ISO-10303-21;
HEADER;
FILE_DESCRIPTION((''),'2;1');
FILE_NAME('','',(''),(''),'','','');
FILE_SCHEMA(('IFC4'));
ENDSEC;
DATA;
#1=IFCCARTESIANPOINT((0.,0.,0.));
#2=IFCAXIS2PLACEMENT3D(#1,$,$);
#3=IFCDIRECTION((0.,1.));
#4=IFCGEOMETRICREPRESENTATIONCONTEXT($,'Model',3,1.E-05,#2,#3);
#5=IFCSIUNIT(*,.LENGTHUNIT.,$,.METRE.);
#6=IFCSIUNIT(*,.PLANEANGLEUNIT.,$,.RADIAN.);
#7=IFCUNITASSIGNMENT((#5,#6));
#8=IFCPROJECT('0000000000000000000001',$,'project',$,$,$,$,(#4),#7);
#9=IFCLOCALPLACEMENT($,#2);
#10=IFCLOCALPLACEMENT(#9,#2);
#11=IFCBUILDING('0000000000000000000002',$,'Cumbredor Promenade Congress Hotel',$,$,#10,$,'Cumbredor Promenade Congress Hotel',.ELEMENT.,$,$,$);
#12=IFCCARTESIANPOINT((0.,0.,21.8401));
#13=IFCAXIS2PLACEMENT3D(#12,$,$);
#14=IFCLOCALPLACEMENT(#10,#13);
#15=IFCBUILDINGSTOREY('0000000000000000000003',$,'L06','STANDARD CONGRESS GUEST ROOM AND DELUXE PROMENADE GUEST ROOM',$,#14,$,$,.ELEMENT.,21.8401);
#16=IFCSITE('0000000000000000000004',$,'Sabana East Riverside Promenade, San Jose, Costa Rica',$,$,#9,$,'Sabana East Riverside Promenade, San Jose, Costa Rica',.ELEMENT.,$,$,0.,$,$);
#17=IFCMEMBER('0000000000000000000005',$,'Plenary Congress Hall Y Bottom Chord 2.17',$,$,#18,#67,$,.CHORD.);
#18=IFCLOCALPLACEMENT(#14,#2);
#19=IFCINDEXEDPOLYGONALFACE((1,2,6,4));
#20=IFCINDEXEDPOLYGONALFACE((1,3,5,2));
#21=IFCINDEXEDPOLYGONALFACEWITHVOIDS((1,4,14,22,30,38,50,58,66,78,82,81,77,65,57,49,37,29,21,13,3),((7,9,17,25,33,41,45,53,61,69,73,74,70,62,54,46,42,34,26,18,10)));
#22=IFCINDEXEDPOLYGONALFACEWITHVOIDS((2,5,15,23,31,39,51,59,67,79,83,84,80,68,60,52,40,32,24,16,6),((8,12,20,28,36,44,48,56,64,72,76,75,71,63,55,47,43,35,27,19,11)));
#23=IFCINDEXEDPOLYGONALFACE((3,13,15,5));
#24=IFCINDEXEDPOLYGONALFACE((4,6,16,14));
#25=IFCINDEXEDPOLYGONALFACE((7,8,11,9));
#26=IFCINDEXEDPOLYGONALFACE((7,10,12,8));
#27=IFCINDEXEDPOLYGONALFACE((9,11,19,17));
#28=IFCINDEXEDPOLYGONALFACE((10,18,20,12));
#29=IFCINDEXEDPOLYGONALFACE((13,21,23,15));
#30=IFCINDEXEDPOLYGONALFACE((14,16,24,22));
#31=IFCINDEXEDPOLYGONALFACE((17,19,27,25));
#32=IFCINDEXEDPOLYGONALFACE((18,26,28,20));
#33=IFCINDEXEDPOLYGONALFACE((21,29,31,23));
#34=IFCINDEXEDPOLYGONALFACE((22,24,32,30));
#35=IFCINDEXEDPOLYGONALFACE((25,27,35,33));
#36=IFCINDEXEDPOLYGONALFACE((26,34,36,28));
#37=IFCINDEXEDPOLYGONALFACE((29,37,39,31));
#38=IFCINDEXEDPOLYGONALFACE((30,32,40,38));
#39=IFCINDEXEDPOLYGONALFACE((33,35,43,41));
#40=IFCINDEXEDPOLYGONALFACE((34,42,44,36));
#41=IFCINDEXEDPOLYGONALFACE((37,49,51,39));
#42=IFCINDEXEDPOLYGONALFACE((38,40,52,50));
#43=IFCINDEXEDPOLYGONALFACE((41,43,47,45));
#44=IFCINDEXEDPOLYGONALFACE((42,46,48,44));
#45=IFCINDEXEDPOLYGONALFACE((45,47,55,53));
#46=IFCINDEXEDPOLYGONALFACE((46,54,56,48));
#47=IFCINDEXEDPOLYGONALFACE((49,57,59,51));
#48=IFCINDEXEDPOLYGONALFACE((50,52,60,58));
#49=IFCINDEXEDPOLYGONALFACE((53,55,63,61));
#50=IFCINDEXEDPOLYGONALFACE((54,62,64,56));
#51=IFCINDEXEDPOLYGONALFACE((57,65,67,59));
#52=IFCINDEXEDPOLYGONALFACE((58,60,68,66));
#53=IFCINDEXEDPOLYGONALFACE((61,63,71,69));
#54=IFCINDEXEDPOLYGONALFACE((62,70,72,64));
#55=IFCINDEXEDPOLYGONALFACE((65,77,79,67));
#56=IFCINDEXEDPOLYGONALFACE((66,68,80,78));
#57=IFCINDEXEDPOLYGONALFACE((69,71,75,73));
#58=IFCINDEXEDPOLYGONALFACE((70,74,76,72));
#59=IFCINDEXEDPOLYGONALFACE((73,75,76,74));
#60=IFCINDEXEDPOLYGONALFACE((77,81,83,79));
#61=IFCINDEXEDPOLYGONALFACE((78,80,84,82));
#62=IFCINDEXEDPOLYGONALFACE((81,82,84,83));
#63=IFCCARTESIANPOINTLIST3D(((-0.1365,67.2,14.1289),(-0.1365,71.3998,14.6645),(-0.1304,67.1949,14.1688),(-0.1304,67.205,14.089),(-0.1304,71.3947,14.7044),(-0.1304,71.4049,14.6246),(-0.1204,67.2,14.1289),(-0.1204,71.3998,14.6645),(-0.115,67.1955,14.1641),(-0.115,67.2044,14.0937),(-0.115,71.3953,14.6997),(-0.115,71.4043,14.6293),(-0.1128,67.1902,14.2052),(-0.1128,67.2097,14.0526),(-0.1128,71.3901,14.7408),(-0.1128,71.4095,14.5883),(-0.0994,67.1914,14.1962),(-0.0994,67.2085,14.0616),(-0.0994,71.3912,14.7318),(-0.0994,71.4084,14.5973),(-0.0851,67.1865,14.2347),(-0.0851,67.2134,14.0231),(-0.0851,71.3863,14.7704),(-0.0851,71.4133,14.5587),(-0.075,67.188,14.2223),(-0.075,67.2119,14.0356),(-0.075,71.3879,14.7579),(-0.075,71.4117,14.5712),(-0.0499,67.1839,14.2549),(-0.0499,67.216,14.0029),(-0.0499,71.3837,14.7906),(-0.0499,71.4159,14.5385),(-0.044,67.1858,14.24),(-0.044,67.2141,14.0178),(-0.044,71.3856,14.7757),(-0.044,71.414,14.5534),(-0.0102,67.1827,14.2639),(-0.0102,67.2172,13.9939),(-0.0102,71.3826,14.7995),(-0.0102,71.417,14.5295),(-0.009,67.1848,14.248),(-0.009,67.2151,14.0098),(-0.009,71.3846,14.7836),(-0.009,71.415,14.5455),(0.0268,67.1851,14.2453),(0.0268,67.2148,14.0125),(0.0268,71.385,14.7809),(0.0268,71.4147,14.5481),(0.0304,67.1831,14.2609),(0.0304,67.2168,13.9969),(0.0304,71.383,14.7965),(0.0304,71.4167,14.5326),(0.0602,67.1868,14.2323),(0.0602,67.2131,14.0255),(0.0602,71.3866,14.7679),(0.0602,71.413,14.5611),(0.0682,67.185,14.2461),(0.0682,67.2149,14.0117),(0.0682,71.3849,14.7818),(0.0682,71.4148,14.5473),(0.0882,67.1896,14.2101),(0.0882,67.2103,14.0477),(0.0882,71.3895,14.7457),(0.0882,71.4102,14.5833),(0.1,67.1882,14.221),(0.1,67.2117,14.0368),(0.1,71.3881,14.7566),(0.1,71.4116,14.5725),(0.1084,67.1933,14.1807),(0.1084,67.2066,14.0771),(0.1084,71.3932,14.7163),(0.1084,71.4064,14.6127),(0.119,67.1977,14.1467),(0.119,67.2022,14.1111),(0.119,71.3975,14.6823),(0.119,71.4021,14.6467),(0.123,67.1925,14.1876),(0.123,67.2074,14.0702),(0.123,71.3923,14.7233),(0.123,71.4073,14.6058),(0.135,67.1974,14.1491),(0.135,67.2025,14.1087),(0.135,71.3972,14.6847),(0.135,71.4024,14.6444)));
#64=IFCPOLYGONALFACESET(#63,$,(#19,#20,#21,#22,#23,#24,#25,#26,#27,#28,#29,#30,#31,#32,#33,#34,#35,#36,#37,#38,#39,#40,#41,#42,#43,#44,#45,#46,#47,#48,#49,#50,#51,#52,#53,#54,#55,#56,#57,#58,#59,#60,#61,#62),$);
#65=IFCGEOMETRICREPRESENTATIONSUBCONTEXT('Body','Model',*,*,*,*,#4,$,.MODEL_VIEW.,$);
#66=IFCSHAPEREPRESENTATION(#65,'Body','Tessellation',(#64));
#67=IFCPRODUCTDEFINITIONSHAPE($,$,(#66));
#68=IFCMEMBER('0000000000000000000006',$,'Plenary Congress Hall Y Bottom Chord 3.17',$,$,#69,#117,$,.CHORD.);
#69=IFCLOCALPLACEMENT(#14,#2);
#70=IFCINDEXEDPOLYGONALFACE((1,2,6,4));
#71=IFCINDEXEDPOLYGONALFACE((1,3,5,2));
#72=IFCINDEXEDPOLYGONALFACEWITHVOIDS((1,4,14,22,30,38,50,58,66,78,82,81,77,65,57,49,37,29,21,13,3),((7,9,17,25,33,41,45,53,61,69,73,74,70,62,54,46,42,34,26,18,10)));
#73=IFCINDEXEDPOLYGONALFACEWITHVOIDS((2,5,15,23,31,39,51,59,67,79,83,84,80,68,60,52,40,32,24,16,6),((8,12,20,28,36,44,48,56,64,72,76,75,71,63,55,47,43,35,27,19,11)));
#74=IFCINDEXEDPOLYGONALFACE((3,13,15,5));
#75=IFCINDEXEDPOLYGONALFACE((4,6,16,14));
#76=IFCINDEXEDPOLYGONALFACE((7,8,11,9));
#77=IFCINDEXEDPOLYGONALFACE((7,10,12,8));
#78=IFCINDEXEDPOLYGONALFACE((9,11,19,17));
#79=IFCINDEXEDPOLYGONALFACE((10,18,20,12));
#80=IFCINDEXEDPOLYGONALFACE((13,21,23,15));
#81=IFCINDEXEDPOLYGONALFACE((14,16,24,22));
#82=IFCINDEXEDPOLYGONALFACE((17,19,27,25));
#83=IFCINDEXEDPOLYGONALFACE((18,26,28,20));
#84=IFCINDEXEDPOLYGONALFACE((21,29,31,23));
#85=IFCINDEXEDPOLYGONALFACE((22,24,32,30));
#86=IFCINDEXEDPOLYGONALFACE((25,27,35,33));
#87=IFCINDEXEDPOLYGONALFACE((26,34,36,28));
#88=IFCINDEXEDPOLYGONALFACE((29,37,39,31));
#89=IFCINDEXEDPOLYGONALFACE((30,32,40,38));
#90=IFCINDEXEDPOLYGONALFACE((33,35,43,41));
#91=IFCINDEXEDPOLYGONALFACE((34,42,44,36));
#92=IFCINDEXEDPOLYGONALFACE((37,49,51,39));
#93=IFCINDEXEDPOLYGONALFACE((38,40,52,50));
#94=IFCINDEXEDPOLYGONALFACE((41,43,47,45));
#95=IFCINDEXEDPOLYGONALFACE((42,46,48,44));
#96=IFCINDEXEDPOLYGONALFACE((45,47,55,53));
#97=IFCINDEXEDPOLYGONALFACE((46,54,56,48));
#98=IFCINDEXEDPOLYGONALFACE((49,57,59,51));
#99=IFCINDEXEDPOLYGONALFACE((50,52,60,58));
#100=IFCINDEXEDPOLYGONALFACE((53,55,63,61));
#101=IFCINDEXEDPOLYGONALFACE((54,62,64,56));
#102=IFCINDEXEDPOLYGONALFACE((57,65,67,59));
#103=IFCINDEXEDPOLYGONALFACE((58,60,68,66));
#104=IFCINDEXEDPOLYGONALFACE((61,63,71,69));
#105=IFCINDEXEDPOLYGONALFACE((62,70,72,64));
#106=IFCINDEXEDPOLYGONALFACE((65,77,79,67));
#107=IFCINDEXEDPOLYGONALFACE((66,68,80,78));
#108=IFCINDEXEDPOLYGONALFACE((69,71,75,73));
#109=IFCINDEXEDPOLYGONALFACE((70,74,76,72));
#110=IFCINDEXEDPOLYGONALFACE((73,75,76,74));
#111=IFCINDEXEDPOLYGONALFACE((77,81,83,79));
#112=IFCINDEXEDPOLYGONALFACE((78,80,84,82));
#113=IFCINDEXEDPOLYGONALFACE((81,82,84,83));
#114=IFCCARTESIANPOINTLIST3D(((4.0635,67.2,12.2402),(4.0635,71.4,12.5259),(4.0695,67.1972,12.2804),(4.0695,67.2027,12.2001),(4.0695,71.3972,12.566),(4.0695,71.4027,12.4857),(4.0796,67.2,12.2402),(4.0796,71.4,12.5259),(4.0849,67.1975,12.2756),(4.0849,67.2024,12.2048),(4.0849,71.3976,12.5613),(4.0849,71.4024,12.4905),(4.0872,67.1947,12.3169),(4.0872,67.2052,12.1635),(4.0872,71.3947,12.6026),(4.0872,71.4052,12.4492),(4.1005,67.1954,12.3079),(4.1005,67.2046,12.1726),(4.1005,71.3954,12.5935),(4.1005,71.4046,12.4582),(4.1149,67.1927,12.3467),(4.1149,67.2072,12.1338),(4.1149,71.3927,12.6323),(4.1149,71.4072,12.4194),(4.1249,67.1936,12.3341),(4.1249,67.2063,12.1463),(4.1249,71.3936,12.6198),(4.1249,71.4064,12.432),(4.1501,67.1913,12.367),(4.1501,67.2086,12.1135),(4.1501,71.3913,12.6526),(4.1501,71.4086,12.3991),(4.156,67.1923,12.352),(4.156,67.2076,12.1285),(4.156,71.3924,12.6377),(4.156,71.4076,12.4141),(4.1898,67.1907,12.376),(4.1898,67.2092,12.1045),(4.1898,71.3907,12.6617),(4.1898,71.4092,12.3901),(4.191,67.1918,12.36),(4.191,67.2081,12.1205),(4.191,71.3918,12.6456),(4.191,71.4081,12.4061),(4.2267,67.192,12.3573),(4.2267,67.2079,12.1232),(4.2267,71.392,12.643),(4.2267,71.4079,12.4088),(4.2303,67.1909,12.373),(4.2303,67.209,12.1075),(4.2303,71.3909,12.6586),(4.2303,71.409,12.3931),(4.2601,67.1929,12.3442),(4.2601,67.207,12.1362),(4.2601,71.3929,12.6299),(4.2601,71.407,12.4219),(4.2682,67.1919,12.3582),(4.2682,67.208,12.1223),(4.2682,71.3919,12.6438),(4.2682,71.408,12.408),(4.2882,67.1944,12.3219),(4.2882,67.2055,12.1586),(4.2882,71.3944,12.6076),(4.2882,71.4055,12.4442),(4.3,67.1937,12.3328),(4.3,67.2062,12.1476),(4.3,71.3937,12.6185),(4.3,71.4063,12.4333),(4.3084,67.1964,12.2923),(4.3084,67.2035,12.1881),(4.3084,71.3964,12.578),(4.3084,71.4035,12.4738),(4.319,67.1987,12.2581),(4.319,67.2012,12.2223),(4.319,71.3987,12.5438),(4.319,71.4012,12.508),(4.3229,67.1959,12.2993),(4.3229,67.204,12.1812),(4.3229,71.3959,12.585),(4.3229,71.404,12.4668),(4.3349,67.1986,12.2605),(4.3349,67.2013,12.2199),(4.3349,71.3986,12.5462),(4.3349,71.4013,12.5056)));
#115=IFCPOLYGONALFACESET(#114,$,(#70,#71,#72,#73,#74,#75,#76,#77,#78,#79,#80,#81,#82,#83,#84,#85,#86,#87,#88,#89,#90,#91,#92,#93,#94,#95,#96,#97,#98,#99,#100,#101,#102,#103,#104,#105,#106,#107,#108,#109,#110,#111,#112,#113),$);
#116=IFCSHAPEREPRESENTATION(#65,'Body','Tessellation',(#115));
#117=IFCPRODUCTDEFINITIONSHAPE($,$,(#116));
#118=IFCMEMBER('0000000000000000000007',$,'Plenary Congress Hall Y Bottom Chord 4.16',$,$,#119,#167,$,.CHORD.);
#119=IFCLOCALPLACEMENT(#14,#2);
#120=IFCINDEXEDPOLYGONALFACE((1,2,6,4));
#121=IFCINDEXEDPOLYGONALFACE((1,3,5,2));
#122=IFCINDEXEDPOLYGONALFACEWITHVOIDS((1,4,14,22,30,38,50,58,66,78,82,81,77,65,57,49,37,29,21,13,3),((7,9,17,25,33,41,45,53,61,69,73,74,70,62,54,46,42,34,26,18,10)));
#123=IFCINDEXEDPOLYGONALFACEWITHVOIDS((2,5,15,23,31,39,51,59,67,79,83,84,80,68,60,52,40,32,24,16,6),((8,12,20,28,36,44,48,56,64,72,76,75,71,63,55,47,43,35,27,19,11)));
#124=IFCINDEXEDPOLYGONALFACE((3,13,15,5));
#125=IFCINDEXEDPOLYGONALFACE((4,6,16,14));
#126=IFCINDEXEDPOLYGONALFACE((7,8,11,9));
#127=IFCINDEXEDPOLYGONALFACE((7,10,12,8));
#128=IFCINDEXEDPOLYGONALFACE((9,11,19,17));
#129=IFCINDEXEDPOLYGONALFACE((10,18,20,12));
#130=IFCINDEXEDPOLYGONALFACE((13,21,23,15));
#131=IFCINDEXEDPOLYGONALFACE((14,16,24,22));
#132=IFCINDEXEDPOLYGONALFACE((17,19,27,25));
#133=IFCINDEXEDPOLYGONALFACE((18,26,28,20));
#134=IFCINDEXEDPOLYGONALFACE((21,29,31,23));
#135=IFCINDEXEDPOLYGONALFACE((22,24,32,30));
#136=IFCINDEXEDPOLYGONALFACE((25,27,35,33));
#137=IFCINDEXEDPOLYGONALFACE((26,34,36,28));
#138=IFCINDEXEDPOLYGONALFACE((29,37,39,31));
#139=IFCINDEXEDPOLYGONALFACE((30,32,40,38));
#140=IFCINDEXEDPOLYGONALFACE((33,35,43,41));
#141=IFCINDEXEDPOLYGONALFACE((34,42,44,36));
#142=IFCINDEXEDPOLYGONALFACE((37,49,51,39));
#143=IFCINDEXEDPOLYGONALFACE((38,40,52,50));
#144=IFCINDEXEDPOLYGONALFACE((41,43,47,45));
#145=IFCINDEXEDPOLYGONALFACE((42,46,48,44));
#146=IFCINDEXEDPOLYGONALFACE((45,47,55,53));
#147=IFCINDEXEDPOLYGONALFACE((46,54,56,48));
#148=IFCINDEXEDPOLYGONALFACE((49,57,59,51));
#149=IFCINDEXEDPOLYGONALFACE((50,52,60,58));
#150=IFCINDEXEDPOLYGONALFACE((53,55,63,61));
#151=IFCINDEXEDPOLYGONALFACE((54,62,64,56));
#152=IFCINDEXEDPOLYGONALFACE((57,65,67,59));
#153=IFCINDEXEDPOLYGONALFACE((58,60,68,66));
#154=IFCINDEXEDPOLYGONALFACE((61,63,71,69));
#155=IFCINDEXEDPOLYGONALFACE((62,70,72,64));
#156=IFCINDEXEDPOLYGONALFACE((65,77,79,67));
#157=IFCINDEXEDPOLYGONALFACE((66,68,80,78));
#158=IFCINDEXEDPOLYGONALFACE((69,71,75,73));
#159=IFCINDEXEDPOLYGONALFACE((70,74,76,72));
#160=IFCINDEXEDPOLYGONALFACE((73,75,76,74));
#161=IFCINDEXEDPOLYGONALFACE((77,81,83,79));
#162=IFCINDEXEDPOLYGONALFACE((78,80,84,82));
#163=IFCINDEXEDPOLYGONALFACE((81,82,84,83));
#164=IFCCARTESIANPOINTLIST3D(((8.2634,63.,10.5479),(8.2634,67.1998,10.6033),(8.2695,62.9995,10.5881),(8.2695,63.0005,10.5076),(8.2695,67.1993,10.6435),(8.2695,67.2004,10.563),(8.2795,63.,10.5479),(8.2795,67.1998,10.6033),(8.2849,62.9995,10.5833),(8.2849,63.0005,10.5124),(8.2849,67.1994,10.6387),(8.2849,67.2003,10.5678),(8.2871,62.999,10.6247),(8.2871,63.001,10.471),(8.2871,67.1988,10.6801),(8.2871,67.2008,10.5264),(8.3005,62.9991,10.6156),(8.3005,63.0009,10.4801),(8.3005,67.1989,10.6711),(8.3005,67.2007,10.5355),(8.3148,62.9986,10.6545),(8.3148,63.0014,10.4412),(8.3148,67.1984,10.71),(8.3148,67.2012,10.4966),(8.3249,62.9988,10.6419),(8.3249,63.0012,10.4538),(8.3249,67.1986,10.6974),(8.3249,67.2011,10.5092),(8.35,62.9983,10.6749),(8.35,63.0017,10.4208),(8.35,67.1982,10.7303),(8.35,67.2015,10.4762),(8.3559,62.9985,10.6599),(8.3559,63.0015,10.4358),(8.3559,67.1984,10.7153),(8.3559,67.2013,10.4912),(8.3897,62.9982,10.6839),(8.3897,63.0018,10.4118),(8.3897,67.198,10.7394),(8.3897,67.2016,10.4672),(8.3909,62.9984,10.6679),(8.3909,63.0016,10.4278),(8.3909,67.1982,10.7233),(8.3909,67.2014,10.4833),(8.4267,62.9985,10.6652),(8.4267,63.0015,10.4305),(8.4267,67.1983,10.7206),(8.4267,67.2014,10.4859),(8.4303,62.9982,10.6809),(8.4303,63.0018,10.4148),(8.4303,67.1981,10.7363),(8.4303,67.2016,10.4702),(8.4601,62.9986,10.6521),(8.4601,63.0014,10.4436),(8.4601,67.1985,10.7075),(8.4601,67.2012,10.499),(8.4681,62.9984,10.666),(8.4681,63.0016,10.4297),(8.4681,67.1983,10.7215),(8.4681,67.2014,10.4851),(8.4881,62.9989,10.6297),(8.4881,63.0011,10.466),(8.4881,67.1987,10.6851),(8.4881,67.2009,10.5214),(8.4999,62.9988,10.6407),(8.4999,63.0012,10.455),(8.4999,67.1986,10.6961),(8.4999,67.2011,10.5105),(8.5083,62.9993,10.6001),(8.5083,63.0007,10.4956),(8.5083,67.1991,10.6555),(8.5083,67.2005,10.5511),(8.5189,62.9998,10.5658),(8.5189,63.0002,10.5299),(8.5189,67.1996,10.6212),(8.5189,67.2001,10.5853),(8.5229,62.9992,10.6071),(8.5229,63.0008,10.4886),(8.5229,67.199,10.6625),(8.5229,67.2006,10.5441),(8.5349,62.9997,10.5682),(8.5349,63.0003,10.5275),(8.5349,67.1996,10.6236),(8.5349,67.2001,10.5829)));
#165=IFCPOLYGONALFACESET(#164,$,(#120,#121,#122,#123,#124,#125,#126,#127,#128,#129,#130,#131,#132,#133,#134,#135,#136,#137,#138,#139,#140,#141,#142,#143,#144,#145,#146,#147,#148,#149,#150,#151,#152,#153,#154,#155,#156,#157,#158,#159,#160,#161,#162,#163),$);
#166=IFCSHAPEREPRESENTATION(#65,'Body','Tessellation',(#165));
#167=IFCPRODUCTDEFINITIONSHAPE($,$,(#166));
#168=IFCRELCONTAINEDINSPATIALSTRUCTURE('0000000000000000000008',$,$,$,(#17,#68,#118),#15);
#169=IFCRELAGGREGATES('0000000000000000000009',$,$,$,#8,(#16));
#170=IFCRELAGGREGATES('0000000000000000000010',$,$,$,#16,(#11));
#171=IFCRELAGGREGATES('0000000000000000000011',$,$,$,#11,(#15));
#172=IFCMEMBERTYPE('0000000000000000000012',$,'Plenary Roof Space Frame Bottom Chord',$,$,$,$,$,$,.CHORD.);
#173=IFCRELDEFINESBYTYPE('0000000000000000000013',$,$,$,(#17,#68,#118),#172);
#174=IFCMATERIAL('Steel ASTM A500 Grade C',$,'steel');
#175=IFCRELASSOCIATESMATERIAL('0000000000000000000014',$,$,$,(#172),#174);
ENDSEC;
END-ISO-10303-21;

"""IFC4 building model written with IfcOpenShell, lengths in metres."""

from ifc_helpers import new_model, si_unit, direction, frame, origin, origin_2d, place, context, subcontext, project, spatial, hollow_circle, extrude, material, material_profile, profile_set, type_object, element, save


model = new_model("IFC4")

# Units and contexts
model_context = context("Model", 3, precision=1e-05, world=origin(), true_north=direction((0.0, 1.0)))
body_context = subcontext(model_context, "Body", "Model", "MODEL_VIEW")
ifc_project = project(units=[si_unit("LENGTHUNIT", "METRE"), si_unit("PLANEANGLEUNIT", "RADIAN")], contexts=[model_context])

# Site, building, storey
site_placement = place(None, origin())
site = spatial("IfcSite", under=ifc_project, at=site_placement, Name="Sabana East Riverside Promenade, San Jose, Costa Rica", LongName="Sabana East Riverside Promenade, San Jose, Costa Rica", CompositionType="ELEMENT", RefElevation=0.0)
building_placement = place(site_placement, origin())
building = spatial("IfcBuilding", under=site, at=building_placement, Name="Cumbredor Promenade Congress Hotel", LongName="Cumbredor Promenade Congress Hotel", CompositionType="ELEMENT")
storey_placement = place(building_placement, frame((0.0, 0.0, 21.8401)))
storey = spatial("IfcBuildingStorey", under=building, at=storey_placement, Name="L06", Description="STANDARD CONGRESS GUEST ROOM AND DELUXE PROMENADE GUEST ROOM", CompositionType="ELEMENT", Elevation=21.8401)

# Members
ifc_material_1 = material(Name="Steel ASTM A500 Grade C", Category="steel")
ifc_material_profile_1 = material_profile(ifc_material_1, hollow_circle(Radius=0.1365, WallThickness=0.0161, at=origin_2d()), Name="CHS 273.0x16")
ifc_profile_set_1 = profile_set([ifc_material_profile_1], Name="Steel ASTM A500 Grade C")
member_type_1 = type_object("IfcMemberType", Name="Plenary Roof Space Frame Bottom Chord", PredefinedType="CHORD", material=ifc_profile_set_1)
member_1_placement = place(storey_placement, frame((0.0, 67.2, 14.1289), z_axis=(0.0, 0.991965, 0.126511), x_axis=(-1.0, 0.0, 0.0)))
element("IfcMember", 1, at=member_1_placement, inside=storey, type_object=member_type_1, Name="Plenary Congress Hall Y Bottom Chord 2.17", PredefinedType="CHORD", context=body_context, shape_type="SweptSolid", body=[
    extrude(hollow_circle(Radius=0.1365, WallThickness=0.0161, at=origin_2d()), origin(), (0.0, 0.0, 1.0), 4.2339),
])
member_2_placement = place(storey_placement, frame((4.2, 67.2, 12.2402), z_axis=(0.0, 0.997695, 0.067855), x_axis=(-1.0, 0.0, 0.0)))
element("IfcMember", 2, at=member_2_placement, inside=storey, type_object=member_type_1, Name="Plenary Congress Hall Y Bottom Chord 3.17", PredefinedType="CHORD", context=body_context, shape_type="SweptSolid", body=[
    extrude(hollow_circle(Radius=0.1365, WallThickness=0.0161, at=origin_2d()), origin(), (0.0, 0.0, 1.0), 4.2097),
])
member_3_placement = place(storey_placement, frame((8.3999, 63.0, 10.5479), z_axis=(0.0, 0.999913, 0.013194), x_axis=(-1.0, 0.0, 0.0)))
element("IfcMember", 3, at=member_3_placement, inside=storey, type_object=member_type_1, Name="Plenary Congress Hall Y Bottom Chord 4.16", PredefinedType="CHORD", context=body_context, shape_type="SweptSolid", body=[
    extrude(hollow_circle(Radius=0.1365, WallThickness=0.0161, at=origin_2d()), origin(), (0.0, 0.0, 1.0), 4.2002),
])

save(model, "model.ifc")
